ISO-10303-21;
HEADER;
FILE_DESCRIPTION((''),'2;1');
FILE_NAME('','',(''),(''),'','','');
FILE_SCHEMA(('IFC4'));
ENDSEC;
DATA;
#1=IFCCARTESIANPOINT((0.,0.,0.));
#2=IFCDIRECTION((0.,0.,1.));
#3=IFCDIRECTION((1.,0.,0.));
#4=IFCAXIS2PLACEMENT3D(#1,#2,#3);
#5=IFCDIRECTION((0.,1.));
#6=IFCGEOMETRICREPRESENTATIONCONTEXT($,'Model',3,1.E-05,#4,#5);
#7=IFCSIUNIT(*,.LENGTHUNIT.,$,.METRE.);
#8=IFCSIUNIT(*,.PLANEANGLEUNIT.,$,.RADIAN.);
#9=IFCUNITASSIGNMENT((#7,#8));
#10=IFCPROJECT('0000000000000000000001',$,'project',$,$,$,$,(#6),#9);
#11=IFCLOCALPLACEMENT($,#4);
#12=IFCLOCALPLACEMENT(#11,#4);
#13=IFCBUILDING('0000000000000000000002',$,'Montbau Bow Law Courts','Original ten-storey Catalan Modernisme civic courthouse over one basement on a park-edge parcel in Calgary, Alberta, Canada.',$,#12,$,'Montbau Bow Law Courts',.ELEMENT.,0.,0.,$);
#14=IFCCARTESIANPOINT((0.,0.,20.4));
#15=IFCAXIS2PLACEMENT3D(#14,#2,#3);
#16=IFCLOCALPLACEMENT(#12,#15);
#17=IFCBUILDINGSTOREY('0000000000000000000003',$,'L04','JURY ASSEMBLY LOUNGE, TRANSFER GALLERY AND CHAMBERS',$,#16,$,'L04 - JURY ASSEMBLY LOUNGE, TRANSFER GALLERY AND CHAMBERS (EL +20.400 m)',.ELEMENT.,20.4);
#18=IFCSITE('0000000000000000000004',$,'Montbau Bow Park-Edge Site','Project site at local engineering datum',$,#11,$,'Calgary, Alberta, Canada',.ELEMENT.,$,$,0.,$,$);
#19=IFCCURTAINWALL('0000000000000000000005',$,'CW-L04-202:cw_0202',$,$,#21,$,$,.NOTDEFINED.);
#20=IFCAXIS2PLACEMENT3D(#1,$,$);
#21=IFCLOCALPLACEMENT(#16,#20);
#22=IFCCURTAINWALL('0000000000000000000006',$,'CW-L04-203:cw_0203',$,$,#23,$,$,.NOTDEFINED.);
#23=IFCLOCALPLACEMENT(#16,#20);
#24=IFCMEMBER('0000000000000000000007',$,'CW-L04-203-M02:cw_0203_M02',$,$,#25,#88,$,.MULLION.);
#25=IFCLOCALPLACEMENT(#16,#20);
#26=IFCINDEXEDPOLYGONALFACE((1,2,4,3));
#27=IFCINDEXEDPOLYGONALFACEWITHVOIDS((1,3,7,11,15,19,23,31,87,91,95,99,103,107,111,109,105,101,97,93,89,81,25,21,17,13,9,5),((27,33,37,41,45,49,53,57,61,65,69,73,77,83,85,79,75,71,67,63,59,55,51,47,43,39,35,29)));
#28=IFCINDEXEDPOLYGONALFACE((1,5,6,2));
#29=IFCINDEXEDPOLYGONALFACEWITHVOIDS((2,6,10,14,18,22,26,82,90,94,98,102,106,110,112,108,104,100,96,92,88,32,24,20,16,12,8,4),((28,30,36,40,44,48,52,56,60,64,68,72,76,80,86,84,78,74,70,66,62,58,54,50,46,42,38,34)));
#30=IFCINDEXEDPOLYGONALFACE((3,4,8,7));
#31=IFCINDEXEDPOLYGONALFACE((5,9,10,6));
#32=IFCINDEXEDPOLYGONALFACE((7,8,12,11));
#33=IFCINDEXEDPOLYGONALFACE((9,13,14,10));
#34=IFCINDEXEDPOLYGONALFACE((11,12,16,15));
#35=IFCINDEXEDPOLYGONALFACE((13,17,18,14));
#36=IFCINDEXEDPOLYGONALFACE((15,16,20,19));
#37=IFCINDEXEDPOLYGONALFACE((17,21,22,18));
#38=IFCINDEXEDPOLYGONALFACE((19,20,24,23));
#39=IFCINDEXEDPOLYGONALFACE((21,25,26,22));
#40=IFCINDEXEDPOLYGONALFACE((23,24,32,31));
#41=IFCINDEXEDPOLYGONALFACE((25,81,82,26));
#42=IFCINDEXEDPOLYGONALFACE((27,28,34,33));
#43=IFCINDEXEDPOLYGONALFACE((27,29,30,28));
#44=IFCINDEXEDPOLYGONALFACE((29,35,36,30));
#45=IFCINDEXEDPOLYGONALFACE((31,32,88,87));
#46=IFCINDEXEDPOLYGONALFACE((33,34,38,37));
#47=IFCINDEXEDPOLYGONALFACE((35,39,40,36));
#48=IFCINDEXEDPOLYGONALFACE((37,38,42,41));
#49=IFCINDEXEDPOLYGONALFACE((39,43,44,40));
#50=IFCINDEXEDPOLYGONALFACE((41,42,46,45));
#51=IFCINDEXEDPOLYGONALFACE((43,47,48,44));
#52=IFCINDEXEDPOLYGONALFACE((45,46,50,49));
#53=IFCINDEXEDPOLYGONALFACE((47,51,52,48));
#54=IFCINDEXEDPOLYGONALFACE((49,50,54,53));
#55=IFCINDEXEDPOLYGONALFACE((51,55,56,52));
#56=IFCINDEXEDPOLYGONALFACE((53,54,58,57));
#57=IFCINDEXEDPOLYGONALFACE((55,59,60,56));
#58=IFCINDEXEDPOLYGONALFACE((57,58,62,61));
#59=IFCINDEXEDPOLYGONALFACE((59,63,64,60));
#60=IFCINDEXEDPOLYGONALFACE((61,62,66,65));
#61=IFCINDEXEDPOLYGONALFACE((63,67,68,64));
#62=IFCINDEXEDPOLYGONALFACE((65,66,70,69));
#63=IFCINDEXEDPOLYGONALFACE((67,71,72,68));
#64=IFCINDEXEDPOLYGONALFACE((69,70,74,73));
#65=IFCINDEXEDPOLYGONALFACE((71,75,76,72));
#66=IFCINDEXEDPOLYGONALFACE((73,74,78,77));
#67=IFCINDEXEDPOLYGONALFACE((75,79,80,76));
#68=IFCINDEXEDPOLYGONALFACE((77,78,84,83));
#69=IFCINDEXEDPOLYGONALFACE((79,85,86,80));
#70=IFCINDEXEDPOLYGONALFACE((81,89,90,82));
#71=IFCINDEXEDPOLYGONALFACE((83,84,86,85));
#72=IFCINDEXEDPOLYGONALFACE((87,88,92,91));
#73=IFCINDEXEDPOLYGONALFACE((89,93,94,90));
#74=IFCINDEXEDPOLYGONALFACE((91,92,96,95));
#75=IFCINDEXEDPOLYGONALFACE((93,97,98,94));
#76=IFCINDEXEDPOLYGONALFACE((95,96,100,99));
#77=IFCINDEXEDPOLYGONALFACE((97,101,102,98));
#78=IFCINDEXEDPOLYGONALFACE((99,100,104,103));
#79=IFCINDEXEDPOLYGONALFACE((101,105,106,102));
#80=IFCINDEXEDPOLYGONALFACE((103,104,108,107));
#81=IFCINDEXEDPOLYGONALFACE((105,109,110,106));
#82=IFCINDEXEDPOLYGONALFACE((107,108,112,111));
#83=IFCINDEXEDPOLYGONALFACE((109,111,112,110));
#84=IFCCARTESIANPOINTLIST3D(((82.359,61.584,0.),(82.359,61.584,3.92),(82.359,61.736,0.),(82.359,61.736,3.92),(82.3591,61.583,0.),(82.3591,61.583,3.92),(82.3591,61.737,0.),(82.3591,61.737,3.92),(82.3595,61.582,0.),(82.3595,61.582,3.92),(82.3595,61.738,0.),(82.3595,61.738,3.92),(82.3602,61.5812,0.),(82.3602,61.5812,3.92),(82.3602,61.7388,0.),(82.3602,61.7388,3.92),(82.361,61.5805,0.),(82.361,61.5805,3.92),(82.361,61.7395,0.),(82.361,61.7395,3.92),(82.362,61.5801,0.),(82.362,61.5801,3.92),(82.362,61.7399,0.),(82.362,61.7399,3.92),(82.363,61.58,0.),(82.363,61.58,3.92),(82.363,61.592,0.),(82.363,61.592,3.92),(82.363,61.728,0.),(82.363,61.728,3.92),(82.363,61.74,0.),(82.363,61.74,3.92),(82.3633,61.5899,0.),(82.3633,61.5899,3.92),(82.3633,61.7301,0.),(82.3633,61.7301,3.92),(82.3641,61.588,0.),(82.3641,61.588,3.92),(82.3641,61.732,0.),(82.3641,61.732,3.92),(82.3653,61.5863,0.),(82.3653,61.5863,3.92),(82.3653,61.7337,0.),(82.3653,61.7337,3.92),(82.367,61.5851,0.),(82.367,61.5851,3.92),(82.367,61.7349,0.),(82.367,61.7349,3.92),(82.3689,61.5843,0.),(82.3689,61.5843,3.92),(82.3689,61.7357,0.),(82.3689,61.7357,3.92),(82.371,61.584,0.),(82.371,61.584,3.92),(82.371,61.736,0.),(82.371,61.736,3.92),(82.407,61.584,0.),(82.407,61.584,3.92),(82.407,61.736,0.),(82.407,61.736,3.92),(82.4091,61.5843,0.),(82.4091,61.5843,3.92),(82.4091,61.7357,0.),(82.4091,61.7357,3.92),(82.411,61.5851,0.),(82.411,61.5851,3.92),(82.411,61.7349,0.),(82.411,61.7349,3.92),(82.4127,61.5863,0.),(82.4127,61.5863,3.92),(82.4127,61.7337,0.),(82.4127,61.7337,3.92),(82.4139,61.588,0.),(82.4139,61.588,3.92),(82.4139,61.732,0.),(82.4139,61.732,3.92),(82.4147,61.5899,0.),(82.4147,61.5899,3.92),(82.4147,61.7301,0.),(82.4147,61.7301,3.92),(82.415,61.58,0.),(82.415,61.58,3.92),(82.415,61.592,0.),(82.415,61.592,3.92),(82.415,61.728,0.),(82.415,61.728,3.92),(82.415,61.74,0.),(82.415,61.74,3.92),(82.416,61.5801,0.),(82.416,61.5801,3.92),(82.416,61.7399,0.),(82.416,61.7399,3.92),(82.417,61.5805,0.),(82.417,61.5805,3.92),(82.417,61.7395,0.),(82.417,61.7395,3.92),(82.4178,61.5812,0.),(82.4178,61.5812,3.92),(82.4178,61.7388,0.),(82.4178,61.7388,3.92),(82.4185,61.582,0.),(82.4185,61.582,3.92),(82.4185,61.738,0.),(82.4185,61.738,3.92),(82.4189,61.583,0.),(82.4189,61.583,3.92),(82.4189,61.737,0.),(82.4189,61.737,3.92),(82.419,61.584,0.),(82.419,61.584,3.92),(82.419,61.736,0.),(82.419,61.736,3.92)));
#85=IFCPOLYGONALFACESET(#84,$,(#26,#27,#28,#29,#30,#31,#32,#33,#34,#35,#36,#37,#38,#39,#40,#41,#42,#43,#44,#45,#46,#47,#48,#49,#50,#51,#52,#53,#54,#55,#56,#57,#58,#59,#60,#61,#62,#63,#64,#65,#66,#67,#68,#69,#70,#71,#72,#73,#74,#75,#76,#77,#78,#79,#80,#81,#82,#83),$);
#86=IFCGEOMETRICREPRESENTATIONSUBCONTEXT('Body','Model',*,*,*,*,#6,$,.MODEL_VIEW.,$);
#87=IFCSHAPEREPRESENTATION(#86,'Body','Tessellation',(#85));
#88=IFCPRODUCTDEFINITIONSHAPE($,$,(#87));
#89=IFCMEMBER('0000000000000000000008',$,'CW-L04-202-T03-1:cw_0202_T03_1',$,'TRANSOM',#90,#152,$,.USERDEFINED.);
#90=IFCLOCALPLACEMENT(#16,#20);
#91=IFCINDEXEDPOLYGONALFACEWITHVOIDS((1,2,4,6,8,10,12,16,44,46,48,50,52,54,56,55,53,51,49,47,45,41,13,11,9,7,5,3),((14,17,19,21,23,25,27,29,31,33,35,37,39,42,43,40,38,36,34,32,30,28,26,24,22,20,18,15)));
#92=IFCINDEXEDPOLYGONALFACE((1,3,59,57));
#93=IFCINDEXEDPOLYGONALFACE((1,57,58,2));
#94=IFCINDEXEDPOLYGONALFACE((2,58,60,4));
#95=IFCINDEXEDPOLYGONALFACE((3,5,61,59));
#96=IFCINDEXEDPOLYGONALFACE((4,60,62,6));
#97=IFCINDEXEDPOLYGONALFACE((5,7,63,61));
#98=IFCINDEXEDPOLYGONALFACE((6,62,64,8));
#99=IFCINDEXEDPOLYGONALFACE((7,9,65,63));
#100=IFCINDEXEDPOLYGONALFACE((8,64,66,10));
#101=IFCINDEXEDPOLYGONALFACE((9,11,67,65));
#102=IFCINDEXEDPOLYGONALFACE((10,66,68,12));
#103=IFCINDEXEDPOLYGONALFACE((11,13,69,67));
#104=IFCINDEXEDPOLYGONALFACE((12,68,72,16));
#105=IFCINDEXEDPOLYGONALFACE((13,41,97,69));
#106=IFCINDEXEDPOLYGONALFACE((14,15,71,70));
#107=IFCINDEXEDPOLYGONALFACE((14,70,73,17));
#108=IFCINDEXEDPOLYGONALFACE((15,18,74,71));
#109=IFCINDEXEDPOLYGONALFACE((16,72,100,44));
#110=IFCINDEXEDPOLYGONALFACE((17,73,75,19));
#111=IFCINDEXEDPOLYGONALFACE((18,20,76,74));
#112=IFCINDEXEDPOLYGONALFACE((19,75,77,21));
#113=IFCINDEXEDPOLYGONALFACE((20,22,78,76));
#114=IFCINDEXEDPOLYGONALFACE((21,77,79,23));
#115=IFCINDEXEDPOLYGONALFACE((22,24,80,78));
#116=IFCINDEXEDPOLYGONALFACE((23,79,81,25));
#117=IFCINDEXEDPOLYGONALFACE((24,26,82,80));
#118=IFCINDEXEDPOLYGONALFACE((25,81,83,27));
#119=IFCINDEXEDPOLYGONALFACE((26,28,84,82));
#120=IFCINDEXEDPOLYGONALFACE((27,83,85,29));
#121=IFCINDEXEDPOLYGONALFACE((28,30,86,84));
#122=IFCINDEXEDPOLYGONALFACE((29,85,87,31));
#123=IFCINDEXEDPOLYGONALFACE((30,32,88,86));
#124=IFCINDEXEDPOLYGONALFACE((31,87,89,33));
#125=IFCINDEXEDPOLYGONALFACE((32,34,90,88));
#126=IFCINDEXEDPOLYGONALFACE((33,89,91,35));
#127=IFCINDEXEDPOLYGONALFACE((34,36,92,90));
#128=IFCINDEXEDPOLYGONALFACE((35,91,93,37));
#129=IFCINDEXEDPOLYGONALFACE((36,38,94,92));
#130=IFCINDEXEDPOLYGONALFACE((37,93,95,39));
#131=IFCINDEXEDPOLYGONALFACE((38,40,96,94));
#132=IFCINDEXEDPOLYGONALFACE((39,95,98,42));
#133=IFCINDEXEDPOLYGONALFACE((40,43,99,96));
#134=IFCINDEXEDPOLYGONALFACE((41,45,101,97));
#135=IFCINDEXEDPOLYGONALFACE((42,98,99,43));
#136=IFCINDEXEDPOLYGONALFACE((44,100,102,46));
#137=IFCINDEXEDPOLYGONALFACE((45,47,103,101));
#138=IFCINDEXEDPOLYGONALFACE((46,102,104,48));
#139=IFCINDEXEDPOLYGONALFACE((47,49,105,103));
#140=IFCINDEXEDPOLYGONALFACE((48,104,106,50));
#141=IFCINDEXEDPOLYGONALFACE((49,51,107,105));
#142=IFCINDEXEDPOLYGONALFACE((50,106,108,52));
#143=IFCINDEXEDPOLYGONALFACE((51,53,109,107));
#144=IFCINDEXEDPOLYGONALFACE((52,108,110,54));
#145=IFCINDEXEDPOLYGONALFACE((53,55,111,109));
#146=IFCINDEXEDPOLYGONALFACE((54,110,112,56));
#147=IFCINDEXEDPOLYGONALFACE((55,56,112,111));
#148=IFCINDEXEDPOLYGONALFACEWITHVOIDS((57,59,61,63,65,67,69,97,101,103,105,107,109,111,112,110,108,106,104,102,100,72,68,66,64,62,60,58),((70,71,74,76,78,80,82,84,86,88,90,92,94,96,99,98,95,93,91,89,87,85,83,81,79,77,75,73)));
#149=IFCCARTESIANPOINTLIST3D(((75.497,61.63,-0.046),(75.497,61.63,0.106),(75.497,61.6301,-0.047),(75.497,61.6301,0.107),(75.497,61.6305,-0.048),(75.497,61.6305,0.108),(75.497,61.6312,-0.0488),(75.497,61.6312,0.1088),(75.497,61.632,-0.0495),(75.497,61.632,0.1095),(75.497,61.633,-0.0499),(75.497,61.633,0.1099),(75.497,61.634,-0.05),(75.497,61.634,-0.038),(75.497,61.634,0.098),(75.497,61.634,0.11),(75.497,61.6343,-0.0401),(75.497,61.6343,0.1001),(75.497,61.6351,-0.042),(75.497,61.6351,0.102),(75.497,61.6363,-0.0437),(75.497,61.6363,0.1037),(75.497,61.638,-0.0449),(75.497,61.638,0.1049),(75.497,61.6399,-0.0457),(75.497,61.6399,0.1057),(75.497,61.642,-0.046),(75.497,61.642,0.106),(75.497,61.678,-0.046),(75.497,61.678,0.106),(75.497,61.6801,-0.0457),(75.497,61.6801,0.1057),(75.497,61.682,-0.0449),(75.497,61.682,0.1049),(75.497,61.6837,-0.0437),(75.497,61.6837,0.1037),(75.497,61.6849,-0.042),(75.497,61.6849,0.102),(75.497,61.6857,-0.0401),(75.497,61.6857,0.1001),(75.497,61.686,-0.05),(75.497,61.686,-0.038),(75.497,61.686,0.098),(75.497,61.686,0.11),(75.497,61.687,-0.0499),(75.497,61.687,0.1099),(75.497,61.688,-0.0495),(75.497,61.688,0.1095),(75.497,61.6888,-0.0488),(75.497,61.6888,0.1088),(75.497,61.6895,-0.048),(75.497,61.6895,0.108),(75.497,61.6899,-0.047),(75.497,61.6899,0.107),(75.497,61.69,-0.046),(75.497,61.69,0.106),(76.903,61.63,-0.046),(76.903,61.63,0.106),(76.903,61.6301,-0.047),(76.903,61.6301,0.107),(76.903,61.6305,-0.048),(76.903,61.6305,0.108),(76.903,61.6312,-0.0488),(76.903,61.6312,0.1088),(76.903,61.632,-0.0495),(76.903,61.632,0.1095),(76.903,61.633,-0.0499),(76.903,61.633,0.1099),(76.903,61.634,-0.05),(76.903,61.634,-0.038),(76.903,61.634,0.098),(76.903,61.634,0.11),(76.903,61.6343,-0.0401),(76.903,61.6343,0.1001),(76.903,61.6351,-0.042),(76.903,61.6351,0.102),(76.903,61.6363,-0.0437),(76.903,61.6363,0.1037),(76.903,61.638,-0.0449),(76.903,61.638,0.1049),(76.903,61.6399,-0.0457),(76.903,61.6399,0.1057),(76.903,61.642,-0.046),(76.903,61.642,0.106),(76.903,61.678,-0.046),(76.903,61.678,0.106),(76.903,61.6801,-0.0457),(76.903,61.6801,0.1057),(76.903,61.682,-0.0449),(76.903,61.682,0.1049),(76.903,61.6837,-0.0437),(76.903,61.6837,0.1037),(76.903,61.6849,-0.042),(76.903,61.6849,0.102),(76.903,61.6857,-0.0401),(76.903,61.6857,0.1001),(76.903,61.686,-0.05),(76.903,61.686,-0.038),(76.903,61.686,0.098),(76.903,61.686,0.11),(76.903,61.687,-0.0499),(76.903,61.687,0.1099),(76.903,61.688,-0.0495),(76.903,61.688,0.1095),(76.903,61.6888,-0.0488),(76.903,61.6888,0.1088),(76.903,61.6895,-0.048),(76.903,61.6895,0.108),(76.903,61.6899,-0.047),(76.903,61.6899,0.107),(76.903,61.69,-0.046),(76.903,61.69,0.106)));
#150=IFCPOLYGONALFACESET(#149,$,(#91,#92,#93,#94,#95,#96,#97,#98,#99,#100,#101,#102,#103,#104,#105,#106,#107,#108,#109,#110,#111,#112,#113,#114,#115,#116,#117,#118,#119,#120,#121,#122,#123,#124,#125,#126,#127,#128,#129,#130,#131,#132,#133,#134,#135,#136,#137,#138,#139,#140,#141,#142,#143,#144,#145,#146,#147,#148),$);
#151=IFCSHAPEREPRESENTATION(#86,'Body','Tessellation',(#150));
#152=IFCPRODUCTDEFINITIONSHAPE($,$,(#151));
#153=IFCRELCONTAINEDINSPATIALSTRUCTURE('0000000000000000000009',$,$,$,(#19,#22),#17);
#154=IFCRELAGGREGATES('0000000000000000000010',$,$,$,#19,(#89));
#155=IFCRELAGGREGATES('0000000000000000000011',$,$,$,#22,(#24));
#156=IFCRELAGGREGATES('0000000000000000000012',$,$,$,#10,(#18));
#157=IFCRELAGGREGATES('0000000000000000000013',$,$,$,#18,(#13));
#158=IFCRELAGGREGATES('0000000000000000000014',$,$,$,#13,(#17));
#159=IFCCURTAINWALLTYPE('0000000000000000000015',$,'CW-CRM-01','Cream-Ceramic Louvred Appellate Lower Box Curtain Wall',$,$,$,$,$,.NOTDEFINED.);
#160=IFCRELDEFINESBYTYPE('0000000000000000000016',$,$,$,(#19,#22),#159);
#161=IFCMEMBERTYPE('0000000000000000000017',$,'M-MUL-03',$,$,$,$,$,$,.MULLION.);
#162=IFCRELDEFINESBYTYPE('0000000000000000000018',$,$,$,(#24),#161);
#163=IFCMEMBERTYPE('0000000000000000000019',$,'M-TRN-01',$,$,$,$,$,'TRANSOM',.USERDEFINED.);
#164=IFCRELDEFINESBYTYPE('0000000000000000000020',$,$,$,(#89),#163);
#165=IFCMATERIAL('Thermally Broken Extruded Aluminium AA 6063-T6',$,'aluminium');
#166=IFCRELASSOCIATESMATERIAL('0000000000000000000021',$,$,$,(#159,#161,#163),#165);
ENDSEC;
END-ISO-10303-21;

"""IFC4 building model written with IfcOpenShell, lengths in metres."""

from ifc_helpers import new_model, si_unit, direction, frame, origin_with_axes, origin_2d_with_axis, place, context, subcontext, project, spatial, hollow_rectangle, extrude, material, material_profile, profile_set, type_object, element, aggregate, save


model = new_model("IFC4")

# Units and contexts
model_context = context("Model", 3, precision=1e-05, world=origin_with_axes(), true_north=direction((0.0, 1.0)))
body_context = subcontext(model_context, "Body", "Model", "MODEL_VIEW")
ifc_project = project(units=[si_unit("LENGTHUNIT", "METRE"), si_unit("PLANEANGLEUNIT", "RADIAN")], contexts=[model_context])

# Site, building, storey
site_placement = place(None, origin_with_axes())
site = spatial("IfcSite", under=ifc_project, at=site_placement, Name="Montbau Bow Park-Edge Site", Description="Project site at local engineering datum", LongName="Calgary, Alberta, Canada", CompositionType="ELEMENT", RefElevation=0.0)
building_placement = place(site_placement, origin_with_axes())
building = spatial("IfcBuilding", under=site, at=building_placement, Name="Montbau Bow Law Courts", Description="Original ten-storey Catalan Modernisme civic courthouse over one basement on a park-edge parcel in Calgary, Alberta, Canada.", LongName="Montbau Bow Law Courts", CompositionType="ELEMENT", ElevationOfRefHeight=0.0, ElevationOfTerrain=0.0)
storey_placement = place(building_placement, frame((0.0, 0.0, 20.4), z_axis=(0.0, 0.0, 1.0), x_axis=(1.0, 0.0, 0.0)))
storey = spatial("IfcBuildingStorey", under=building, at=storey_placement, Name="L04", Description="JURY ASSEMBLY LOUNGE, TRANSFER GALLERY AND CHAMBERS", LongName="L04 - JURY ASSEMBLY LOUNGE, TRANSFER GALLERY AND CHAMBERS (EL +20.400 m)", CompositionType="ELEMENT", Elevation=20.4)

# Curtain walls, member
ifc_material_1 = material(Name="Thermally Broken Extruded Aluminium AA 6063-T6", Category="aluminium")
curtain_wall_type = type_object("IfcCurtainWallType", Name="CW-CRM-01", Description="Cream-Ceramic Louvred Appellate Lower Box Curtain Wall", PredefinedType="NOTDEFINED", material=ifc_material_1)
curtain_wall_1_placement = place(None, frame((72.515, 61.66, 20.4), z_axis=(0.0, 0.0, 1.0), x_axis=(1.0, 0.0, 0.0)))
curtain_wall_1 = element("IfcCurtainWall", 1, at=curtain_wall_1_placement, inside=storey, type_object=curtain_wall_type, Name="CW-L04-202:cw_0202", PredefinedType="NOTDEFINED")
curtain_wall_2_placement = place(None, frame((80.915, 61.66, 20.4), z_axis=(0.0, 0.0, 1.0), x_axis=(1.0, 0.0, 0.0)))
curtain_wall_2 = element("IfcCurtainWall", 2, at=curtain_wall_2_placement, inside=storey, type_object=curtain_wall_type, Name="CW-L04-203:cw_0203", PredefinedType="NOTDEFINED")
ifc_material_profile_1 = material_profile(ifc_material_1, hollow_rectangle(XDim=0.06, YDim=0.16, WallThickness=0.004, InnerFilletRadius=0.008, OuterFilletRadius=0.004, at=origin_2d_with_axis()), Name="CWM-160X60", Category="Main", Priority=0)
ifc_profile_set_1 = profile_set([ifc_material_profile_1], Name="Thermally Broken Extruded Aluminium AA 6063-T6")
member_type_1 = type_object("IfcMemberType", Name="M-MUL-03", PredefinedType="MULLION", material=ifc_profile_set_1)
member_1_placement = place(None, frame((82.389, 61.66, 20.4), z_axis=(0.0, 0.0, 1.0), x_axis=(1.0, 0.0, 0.0)))
member_1 = element("IfcMember", 3, at=member_1_placement, type_object=member_type_1, Name="CW-L04-203-M02:cw_0203_M02", PredefinedType="MULLION", context=body_context, shape_type="SweptSolid", body=[
    extrude(hollow_rectangle(XDim=0.06, YDim=0.16, WallThickness=0.004, InnerFilletRadius=0.008, OuterFilletRadius=0.004, at=origin_2d_with_axis()), origin_with_axes(), (0.0, 0.0, 1.0), 3.92),
])

# Member
ifc_material_profile_2 = material_profile(ifc_material_1, hollow_rectangle(XDim=0.06, YDim=0.16, WallThickness=0.004, InnerFilletRadius=0.008, OuterFilletRadius=0.004, at=origin_2d_with_axis()), Name="CWT-160X60", Category="Main", Priority=0)
ifc_profile_set_2 = profile_set([ifc_material_profile_2], Name="Thermally Broken Extruded Aluminium AA 6063-T6")
member_type_2 = type_object("IfcMemberType", Name="M-TRN-01", ElementType="TRANSOM", PredefinedType="USERDEFINED", material=ifc_profile_set_2)
member_2_placement = place(None, frame((75.497, 61.66, 20.43), z_axis=(1.0, 0.0, 0.0), x_axis=(0.0, 1.0, 0.0)))
member_2 = element("IfcMember", 4, at=member_2_placement, type_object=member_type_2, Name="CW-L04-202-T03-1:cw_0202_T03_1", ObjectType="TRANSOM", PredefinedType="USERDEFINED", context=body_context, shape_type="SweptSolid", body=[
    extrude(hollow_rectangle(XDim=0.06, YDim=0.16, WallThickness=0.004, InnerFilletRadius=0.008, OuterFilletRadius=0.004, at=origin_2d_with_axis()), origin_with_axes(), (0.0, 0.0, 1.0), 1.406),
])

aggregate(curtain_wall_1, [member_2])
aggregate(curtain_wall_2, [member_1])

save(model, "model.ifc")
